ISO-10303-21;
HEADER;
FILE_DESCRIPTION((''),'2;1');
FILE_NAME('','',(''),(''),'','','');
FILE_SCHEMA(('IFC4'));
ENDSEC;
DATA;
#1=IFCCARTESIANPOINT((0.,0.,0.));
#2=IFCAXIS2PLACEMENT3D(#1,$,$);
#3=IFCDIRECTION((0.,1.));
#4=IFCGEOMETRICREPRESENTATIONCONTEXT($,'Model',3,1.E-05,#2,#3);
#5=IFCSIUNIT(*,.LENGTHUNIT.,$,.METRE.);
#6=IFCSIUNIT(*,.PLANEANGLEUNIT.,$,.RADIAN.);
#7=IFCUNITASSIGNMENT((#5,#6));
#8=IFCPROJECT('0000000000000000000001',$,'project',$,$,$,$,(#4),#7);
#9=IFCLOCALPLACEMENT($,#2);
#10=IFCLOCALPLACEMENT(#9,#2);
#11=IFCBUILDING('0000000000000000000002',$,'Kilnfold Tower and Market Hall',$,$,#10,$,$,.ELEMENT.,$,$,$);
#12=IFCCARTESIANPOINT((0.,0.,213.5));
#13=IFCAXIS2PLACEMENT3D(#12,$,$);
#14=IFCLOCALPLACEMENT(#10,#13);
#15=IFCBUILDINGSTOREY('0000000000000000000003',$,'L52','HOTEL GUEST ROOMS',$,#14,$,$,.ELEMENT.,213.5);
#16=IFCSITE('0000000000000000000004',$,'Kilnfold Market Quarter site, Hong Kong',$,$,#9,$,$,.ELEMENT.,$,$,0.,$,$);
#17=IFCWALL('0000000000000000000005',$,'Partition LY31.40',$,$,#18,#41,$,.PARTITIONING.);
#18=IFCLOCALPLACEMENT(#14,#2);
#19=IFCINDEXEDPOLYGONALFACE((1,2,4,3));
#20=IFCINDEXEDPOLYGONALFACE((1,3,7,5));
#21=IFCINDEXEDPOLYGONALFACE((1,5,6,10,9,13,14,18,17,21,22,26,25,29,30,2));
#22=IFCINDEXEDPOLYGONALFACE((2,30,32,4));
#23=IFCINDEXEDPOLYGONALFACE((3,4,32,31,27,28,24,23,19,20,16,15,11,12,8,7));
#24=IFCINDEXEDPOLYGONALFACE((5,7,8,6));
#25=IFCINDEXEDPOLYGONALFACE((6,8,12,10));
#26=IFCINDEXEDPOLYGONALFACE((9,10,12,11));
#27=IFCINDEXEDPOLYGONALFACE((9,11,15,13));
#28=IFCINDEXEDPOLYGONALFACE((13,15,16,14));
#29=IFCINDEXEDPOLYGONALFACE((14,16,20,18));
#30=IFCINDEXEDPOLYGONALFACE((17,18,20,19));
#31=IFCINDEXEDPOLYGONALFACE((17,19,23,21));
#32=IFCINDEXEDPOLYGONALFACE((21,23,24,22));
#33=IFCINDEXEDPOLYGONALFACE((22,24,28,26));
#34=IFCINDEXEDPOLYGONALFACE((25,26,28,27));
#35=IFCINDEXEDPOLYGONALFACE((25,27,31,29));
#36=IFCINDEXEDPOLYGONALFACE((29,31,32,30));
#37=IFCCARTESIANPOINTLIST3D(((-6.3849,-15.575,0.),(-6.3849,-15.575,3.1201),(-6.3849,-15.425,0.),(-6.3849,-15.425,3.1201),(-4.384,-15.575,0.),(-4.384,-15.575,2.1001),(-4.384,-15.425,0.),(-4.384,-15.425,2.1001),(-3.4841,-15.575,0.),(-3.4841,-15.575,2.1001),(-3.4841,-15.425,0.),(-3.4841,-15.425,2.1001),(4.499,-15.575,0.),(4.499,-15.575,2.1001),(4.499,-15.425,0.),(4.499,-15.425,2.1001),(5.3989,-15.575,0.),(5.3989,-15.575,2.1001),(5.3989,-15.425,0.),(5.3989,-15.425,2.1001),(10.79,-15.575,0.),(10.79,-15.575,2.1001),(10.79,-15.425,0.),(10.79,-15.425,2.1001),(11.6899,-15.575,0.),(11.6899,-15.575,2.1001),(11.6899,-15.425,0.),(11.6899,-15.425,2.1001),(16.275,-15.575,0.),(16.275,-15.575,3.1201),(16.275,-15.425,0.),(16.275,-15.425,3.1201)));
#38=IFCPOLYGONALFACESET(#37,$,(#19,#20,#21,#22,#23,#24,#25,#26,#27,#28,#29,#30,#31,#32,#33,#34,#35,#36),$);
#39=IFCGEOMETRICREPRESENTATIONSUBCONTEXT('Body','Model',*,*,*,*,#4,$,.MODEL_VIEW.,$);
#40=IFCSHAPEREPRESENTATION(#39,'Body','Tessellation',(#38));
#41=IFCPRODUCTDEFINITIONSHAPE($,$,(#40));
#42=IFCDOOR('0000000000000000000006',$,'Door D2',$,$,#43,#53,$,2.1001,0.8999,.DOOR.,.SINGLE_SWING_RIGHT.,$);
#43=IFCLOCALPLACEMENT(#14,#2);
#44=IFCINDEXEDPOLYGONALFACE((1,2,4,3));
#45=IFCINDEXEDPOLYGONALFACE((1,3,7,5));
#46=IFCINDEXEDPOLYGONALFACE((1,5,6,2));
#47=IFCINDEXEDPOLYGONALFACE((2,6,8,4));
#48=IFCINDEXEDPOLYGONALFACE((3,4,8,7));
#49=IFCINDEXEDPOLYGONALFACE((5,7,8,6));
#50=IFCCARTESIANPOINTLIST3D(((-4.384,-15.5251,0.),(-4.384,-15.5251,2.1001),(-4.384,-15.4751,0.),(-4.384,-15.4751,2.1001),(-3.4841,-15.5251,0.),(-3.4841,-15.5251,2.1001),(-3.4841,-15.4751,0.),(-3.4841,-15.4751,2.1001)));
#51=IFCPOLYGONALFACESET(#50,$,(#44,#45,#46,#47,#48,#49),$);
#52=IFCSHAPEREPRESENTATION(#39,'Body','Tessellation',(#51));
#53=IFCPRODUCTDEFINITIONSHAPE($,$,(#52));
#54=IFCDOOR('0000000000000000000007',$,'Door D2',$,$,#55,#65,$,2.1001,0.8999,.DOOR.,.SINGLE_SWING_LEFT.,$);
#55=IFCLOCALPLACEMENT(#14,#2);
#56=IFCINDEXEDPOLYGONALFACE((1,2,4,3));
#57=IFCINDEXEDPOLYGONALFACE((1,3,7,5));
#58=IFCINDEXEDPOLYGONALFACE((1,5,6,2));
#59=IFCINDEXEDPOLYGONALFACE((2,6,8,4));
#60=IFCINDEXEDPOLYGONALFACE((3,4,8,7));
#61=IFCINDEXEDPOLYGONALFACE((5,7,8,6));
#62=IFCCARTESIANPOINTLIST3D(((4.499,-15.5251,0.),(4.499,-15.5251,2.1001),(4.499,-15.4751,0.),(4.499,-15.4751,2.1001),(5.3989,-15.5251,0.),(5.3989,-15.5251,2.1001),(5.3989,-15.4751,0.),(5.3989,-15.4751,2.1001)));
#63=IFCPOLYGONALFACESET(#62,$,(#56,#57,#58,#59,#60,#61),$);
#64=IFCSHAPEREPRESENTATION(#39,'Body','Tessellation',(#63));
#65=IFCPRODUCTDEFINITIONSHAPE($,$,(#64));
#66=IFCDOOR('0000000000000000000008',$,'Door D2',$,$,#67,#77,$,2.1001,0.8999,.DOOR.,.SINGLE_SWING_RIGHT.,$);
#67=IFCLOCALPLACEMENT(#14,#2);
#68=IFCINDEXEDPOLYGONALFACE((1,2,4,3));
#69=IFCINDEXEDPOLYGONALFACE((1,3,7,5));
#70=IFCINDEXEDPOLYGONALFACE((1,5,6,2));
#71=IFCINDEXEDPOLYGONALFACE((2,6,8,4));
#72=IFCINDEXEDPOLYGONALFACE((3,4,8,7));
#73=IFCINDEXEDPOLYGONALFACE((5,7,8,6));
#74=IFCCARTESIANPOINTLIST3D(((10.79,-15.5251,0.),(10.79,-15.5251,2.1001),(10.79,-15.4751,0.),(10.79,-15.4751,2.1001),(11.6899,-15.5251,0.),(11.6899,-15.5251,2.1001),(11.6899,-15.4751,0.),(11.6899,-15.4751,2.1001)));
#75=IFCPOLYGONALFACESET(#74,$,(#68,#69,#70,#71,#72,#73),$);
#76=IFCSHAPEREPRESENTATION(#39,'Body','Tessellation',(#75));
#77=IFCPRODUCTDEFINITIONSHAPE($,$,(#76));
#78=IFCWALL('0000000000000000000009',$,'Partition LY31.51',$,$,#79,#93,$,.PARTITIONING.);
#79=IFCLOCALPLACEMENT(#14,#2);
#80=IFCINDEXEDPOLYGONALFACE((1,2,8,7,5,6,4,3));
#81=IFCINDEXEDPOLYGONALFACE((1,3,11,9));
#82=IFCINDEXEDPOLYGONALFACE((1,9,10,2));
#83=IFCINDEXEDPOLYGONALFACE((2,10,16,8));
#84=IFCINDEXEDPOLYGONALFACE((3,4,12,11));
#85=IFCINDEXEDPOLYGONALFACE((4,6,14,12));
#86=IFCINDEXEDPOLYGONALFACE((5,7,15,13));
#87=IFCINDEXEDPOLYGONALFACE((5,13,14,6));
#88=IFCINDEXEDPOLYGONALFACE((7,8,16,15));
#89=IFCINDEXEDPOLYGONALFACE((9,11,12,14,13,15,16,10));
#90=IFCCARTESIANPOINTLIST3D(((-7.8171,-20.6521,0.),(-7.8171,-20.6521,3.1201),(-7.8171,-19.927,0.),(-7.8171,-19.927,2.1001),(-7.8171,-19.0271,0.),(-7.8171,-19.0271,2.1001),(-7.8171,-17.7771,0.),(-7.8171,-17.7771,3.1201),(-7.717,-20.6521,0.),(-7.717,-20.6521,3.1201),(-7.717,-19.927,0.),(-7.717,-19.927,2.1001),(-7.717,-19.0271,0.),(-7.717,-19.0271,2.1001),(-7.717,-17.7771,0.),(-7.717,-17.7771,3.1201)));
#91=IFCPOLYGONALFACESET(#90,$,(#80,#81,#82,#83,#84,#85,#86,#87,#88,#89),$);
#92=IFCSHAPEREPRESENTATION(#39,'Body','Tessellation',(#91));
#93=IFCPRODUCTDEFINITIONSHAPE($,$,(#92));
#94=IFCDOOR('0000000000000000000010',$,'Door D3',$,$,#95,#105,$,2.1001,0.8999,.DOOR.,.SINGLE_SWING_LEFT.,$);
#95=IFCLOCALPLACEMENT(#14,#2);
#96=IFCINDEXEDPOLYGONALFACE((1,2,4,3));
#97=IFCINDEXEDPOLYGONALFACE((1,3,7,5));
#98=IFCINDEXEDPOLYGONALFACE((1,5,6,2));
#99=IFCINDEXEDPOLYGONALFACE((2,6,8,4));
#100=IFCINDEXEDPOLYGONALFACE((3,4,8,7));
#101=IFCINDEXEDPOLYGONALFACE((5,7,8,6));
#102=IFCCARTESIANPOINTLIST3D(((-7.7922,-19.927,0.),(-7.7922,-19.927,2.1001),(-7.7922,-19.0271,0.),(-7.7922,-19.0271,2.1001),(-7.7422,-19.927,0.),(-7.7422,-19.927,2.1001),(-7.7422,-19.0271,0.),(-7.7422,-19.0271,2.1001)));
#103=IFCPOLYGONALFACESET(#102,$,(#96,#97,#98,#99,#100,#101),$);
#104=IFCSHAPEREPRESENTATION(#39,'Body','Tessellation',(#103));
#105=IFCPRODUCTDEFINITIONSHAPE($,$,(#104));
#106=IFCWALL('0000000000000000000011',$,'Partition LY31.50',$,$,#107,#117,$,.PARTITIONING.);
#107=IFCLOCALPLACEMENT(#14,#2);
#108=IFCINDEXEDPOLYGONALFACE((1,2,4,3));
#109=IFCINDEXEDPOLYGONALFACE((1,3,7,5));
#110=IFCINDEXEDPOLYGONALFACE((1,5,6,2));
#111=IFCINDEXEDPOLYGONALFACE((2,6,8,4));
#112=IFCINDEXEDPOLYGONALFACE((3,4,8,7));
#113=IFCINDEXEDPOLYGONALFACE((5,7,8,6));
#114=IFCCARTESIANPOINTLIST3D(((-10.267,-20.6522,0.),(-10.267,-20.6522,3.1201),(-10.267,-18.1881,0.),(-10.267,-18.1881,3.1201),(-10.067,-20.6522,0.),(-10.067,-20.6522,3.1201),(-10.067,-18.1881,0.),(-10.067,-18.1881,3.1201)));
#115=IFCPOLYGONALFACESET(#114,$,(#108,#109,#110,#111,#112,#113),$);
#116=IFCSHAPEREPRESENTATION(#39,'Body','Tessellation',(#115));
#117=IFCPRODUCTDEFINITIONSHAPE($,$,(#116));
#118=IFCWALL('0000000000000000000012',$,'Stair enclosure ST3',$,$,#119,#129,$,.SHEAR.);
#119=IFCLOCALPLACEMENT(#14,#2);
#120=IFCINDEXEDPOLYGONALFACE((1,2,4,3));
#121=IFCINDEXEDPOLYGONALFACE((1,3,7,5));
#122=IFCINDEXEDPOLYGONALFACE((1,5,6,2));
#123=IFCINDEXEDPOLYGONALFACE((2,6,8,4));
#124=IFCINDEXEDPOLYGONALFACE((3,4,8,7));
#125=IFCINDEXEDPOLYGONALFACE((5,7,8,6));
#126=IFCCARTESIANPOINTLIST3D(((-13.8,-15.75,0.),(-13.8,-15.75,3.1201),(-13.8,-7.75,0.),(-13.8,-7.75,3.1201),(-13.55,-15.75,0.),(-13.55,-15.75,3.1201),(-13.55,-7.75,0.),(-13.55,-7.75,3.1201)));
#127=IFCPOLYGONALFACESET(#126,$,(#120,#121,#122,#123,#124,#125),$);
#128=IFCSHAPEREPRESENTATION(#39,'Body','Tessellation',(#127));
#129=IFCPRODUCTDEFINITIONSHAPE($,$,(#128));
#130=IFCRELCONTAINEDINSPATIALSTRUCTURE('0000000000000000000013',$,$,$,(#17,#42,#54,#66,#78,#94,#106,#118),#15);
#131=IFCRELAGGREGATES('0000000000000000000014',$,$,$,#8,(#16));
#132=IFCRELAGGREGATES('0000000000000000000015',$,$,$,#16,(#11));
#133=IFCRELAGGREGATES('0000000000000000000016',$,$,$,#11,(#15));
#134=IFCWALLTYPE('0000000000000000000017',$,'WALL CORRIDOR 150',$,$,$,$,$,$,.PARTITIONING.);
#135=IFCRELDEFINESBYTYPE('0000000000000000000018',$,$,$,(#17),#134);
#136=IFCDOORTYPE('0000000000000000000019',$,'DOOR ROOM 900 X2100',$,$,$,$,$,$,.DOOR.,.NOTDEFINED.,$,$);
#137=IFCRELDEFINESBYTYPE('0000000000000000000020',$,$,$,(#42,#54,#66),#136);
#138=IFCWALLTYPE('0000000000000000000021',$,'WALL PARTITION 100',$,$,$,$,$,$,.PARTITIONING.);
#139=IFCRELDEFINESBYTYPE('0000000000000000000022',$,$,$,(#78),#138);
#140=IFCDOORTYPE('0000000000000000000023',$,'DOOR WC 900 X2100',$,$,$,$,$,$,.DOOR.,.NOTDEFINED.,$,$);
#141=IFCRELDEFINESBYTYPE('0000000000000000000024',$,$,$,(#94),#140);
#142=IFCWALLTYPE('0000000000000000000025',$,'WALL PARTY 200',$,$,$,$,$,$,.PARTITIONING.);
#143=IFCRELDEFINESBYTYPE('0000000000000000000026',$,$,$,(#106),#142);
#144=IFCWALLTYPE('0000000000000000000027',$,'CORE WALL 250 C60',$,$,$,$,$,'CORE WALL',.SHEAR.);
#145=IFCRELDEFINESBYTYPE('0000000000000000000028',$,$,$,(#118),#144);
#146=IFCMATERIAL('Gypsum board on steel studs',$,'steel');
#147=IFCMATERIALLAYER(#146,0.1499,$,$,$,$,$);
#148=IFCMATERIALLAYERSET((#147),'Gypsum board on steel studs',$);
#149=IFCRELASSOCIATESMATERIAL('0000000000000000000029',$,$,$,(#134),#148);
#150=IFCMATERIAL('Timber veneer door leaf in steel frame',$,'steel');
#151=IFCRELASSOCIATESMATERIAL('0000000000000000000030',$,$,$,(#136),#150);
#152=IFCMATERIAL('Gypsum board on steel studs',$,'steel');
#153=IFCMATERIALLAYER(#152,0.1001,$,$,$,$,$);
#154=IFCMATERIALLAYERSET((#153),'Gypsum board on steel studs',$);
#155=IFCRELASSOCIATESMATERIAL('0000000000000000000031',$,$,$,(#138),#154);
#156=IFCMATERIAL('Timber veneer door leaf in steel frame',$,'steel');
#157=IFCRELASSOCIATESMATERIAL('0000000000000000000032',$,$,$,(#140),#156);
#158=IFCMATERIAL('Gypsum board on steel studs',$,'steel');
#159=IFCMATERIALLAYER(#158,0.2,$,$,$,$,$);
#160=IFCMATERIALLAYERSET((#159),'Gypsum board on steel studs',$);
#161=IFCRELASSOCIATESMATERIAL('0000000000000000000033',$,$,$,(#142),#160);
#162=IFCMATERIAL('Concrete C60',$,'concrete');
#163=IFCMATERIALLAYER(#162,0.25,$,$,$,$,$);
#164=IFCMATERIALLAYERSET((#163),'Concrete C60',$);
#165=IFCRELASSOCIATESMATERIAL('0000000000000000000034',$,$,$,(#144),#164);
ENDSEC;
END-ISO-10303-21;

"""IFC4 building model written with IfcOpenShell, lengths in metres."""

from ifc_helpers import new_model, si_unit, direction, frame, frame_2d, origin, place, context, subcontext, project, spatial, rectangle, extrude, source, transform, mapped, material, layer, layer_set, type_object, element, fill, save


model = new_model("IFC4")

# Units and contexts
model_context = context("Model", 3, precision=1e-05, world=origin(), true_north=direction((0.0, 1.0)))
body_context = subcontext(model_context, "Body", "Model", "MODEL_VIEW")
ifc_project = project(units=[si_unit("LENGTHUNIT", "METRE"), si_unit("PLANEANGLEUNIT", "RADIAN")], contexts=[model_context])

# Site, building, storey
site_placement = place(None, origin())
site = spatial("IfcSite", under=ifc_project, at=site_placement, Name="Kilnfold Market Quarter site, Hong Kong", CompositionType="ELEMENT", RefElevation=0.0)
building_placement = place(site_placement, origin())
building = spatial("IfcBuilding", under=site, at=building_placement, Name="Kilnfold Tower and Market Hall", CompositionType="ELEMENT")
storey_placement = place(building_placement, frame((0.0, 0.0, 213.5)))
storey = spatial("IfcBuildingStorey", under=building, at=storey_placement, Name="L52", Description="HOTEL GUEST ROOMS", CompositionType="ELEMENT", Elevation=213.5)

# Shared definitions
ifc_material_1 = material(Name="Gypsum board on steel studs", Category="steel")
ifc_layer_1 = layer(ifc_material_1, 0.1499)
ifc_layer_set_1 = layer_set([ifc_layer_1], Name="Gypsum board on steel studs")
wall_type_1 = type_object("IfcWallType", Name="WALL CORRIDOR 150", PredefinedType="PARTITIONING", material=ifc_layer_set_1)

# Wall, openings, doors
wall_1_placement = place(storey_placement, frame((-6.385, -15.5, 0.0), z_axis=(0.0, 0.0, 1.0), x_axis=(1.0, 0.0, 0.0)))
wall_1 = element("IfcWall", 1, at=wall_1_placement, inside=storey, type_object=wall_type_1, Name="Partition LY31.40", PredefinedType="PARTITIONING", context=body_context, shape_type="SweptSolid", body=[
    extrude(rectangle(XDim=22.6599, YDim=0.1499, at=frame_2d((11.3301, 0.0))), origin(), (0.0, 0.0, 1.0), 3.1201),
])
opening_1_placement = place(wall_1_placement, frame((2.001, 0.0, 0.0)))
opening_1 = element("IfcOpeningElement", 2, at=opening_1_placement, cuts=wall_1, PredefinedType="OPENING", context=body_context, shape_type="SweptSolid", body=[
    extrude(rectangle(XDim=0.8999, YDim=2.1001, at=frame_2d((0.45, 1.05))), frame((0.0, 0.085, 0.0), z_axis=(0.0, -1.0, 0.0), x_axis=(1.0, 0.0, 0.0)), (0.0, 0.0, 1.0), 0.1699),
])
opening_2_placement = place(wall_1_placement, frame((10.884, 0.0, 0.0)))
opening_2 = element("IfcOpeningElement", 3, at=opening_2_placement, cuts=wall_1, PredefinedType="OPENING", context=body_context, shape_type="SweptSolid", body=[
    extrude(rectangle(XDim=0.8999, YDim=2.1001, at=frame_2d((0.45, 1.05))), frame((0.0, 0.085, 0.0), z_axis=(0.0, -1.0, 0.0), x_axis=(1.0, 0.0, 0.0)), (0.0, 0.0, 1.0), 0.1699),
])
opening_3_placement = place(wall_1_placement, frame((17.175, 0.0, 0.0)))
opening_3 = element("IfcOpeningElement", 4, at=opening_3_placement, cuts=wall_1, PredefinedType="OPENING", context=body_context, shape_type="SweptSolid", body=[
    extrude(rectangle(XDim=0.8999, YDim=2.1001, at=frame_2d((0.45, 1.05))), frame((0.0, 0.085, 0.0), z_axis=(0.0, -1.0, 0.0), x_axis=(1.0, 0.0, 0.0)), (0.0, 0.0, 1.0), 0.1699),
])
ifc_material_2 = material(Name="Timber veneer door leaf in steel frame", Category="steel")
door_type_1 = type_object("IfcDoorType", Name="DOOR ROOM 900 X2100", OperationType="NOTDEFINED", PredefinedType="DOOR", material=ifc_material_2)
door_1_placement = place(opening_1_placement, origin())
door_1 = element("IfcDoor", 5, at=door_1_placement, inside=storey, type_object=door_type_1, Name="Door D2", OperationType="SINGLE_SWING_RIGHT", OverallHeight=2.1001, OverallWidth=0.8999, PredefinedType="DOOR", context=body_context, shape_type="SweptSolid", body=[
    extrude(rectangle(XDim=0.8999, YDim=2.1001, at=frame_2d((0.45, 1.05))), frame((0.0, 0.0249, 0.0), z_axis=(0.0, -1.0, 0.0), x_axis=(1.0, 0.0, 0.0)), (0.0, 0.0, 1.0), 0.05),
])
fill(opening_1, door_1)
door_2_placement = place(opening_2_placement, origin())
door_2 = element("IfcDoor", 6, at=door_2_placement, inside=storey, type_object=door_type_1, Name="Door D2", OperationType="SINGLE_SWING_LEFT", OverallHeight=2.1001, OverallWidth=0.8999, PredefinedType="DOOR", context=body_context, shape_type="SweptSolid", body=[
    extrude(rectangle(XDim=0.8999, YDim=2.1001, at=frame_2d((0.45, 1.05))), frame((0.0, 0.0249, 0.0), z_axis=(0.0, -1.0, 0.0), x_axis=(1.0, 0.0, 0.0)), (0.0, 0.0, 1.0), 0.05),
])
fill(opening_2, door_2)
door_3_placement = place(opening_3_placement, origin())
door_3 = element("IfcDoor", 7, at=door_3_placement, inside=storey, type_object=door_type_1, Name="Door D2", OperationType="SINGLE_SWING_RIGHT", OverallHeight=2.1001, OverallWidth=0.8999, PredefinedType="DOOR", context=body_context, shape_type="SweptSolid", body=[
    extrude(rectangle(XDim=0.8999, YDim=2.1001, at=frame_2d((0.45, 1.05))), frame((0.0, 0.0249, 0.0), z_axis=(0.0, -1.0, 0.0), x_axis=(1.0, 0.0, 0.0)), (0.0, 0.0, 1.0), 0.05),
])
fill(opening_3, door_3)

# Wall, opening, door
ifc_material_3 = material(Name="Gypsum board on steel studs", Category="steel")
ifc_layer_2 = layer(ifc_material_3, 0.1001)
ifc_layer_set_2 = layer_set([ifc_layer_2], Name="Gypsum board on steel studs")
wall_type_2 = type_object("IfcWallType", Name="WALL PARTITION 100", PredefinedType="PARTITIONING", material=ifc_layer_set_2)
wall_2_placement = place(storey_placement, frame((-7.7671, -17.7771, 0.0), z_axis=(0.0, 0.0, 1.0), x_axis=(0.0, -1.0, 0.0)))
wall_2 = element("IfcWall", 8, at=wall_2_placement, inside=storey, type_object=wall_type_2, Name="Partition LY31.51", PredefinedType="PARTITIONING", context=body_context, shape_type="SweptSolid", body=[
    extrude(rectangle(XDim=2.875, YDim=0.1001, at=frame_2d((1.4375, 0.0))), origin(), (0.0, 0.0, 1.0), 3.1201),
])
opening_4_placement = place(wall_2_placement, frame((1.25, 0.0, 0.0)))
opening_4 = element("IfcOpeningElement", 9, at=opening_4_placement, cuts=wall_2, PredefinedType="OPENING", context=body_context, shape_type="SweptSolid", body=[
    extrude(rectangle(XDim=0.8999, YDim=2.1001, at=frame_2d((0.45, 1.05))), frame((0.0, 0.0601, 0.0), z_axis=(0.0, -1.0, 0.0), x_axis=(1.0, 0.0, 0.0)), (0.0, 0.0, 1.0), 0.1201),
])
ifc_material_4 = material(Name="Timber veneer door leaf in steel frame", Category="steel")
door_type_2 = type_object("IfcDoorType", Name="DOOR WC 900 X2100", OperationType="NOTDEFINED", PredefinedType="DOOR", material=ifc_material_4)
door_4_placement = place(opening_4_placement, origin())
door_4 = element("IfcDoor", 10, at=door_4_placement, inside=storey, type_object=door_type_2, Name="Door D3", OperationType="SINGLE_SWING_LEFT", OverallHeight=2.1001, OverallWidth=0.8999, PredefinedType="DOOR", context=body_context, shape_type="SweptSolid", body=[
    extrude(rectangle(XDim=0.8999, YDim=2.1001, at=frame_2d((0.45, 1.05))), frame((0.0, 0.0249, 0.0), z_axis=(0.0, -1.0, 0.0), x_axis=(1.0, 0.0, 0.0)), (0.0, 0.0, 1.0), 0.05),
])
fill(opening_4, door_4)

# Walls
ifc_material_5 = material(Name="Gypsum board on steel studs", Category="steel")
ifc_layer_3 = layer(ifc_material_5, 0.2)
ifc_layer_set_3 = layer_set([ifc_layer_3], Name="Gypsum board on steel studs")
wall_type_3 = type_object("IfcWallType", Name="WALL PARTY 200", PredefinedType="PARTITIONING", material=ifc_layer_set_3)
wall_3_placement = place(storey_placement, frame((-10.167, -20.6521, 0.0), z_axis=(0.0, 0.0, 1.0), x_axis=(0.0, 1.0, 0.0)))
element("IfcWall", 11, at=wall_3_placement, inside=storey, type_object=wall_type_3, Name="Partition LY31.50", PredefinedType="PARTITIONING", context=body_context, shape_type="SweptSolid", body=[
    extrude(rectangle(XDim=2.4641, YDim=0.2, at=frame_2d((1.2319, 0.0))), origin(), (0.0, 0.0, 1.0), 3.1201),
])
ifc_material_6 = material(Name="Concrete C60", Category="concrete")
ifc_layer_4 = layer(ifc_material_6, 0.25)
ifc_layer_set_4 = layer_set([ifc_layer_4], Name="Concrete C60")
wall_type_4 = type_object("IfcWallType", Name="CORE WALL 250 C60", ElementType="CORE WALL", PredefinedType="SHEAR", material=ifc_layer_set_4)
shared_shape_1 = source(origin(), body_context, "Body", "SweptSolid", [
    extrude(rectangle(XDim=8.0, YDim=0.25, at=frame_2d((4.0, 0.0))), origin(), (0.0, 0.0, 1.0), 3.1201),
])
wall_4_placement = place(storey_placement, frame((-13.675, -15.75, 0.0), z_axis=(0.0, 0.0, 1.0), x_axis=(0.0, 1.0, 0.0)))
element("IfcWall", 12, at=wall_4_placement, inside=storey, type_object=wall_type_4, Name="Stair enclosure ST3", PredefinedType="SHEAR", context=body_context, shape_type="MappedRepresentation", body=[
    mapped(shared_shape_1, transform((0.0, 0.0, 0.0))),
])

save(model, "model.ifc")
